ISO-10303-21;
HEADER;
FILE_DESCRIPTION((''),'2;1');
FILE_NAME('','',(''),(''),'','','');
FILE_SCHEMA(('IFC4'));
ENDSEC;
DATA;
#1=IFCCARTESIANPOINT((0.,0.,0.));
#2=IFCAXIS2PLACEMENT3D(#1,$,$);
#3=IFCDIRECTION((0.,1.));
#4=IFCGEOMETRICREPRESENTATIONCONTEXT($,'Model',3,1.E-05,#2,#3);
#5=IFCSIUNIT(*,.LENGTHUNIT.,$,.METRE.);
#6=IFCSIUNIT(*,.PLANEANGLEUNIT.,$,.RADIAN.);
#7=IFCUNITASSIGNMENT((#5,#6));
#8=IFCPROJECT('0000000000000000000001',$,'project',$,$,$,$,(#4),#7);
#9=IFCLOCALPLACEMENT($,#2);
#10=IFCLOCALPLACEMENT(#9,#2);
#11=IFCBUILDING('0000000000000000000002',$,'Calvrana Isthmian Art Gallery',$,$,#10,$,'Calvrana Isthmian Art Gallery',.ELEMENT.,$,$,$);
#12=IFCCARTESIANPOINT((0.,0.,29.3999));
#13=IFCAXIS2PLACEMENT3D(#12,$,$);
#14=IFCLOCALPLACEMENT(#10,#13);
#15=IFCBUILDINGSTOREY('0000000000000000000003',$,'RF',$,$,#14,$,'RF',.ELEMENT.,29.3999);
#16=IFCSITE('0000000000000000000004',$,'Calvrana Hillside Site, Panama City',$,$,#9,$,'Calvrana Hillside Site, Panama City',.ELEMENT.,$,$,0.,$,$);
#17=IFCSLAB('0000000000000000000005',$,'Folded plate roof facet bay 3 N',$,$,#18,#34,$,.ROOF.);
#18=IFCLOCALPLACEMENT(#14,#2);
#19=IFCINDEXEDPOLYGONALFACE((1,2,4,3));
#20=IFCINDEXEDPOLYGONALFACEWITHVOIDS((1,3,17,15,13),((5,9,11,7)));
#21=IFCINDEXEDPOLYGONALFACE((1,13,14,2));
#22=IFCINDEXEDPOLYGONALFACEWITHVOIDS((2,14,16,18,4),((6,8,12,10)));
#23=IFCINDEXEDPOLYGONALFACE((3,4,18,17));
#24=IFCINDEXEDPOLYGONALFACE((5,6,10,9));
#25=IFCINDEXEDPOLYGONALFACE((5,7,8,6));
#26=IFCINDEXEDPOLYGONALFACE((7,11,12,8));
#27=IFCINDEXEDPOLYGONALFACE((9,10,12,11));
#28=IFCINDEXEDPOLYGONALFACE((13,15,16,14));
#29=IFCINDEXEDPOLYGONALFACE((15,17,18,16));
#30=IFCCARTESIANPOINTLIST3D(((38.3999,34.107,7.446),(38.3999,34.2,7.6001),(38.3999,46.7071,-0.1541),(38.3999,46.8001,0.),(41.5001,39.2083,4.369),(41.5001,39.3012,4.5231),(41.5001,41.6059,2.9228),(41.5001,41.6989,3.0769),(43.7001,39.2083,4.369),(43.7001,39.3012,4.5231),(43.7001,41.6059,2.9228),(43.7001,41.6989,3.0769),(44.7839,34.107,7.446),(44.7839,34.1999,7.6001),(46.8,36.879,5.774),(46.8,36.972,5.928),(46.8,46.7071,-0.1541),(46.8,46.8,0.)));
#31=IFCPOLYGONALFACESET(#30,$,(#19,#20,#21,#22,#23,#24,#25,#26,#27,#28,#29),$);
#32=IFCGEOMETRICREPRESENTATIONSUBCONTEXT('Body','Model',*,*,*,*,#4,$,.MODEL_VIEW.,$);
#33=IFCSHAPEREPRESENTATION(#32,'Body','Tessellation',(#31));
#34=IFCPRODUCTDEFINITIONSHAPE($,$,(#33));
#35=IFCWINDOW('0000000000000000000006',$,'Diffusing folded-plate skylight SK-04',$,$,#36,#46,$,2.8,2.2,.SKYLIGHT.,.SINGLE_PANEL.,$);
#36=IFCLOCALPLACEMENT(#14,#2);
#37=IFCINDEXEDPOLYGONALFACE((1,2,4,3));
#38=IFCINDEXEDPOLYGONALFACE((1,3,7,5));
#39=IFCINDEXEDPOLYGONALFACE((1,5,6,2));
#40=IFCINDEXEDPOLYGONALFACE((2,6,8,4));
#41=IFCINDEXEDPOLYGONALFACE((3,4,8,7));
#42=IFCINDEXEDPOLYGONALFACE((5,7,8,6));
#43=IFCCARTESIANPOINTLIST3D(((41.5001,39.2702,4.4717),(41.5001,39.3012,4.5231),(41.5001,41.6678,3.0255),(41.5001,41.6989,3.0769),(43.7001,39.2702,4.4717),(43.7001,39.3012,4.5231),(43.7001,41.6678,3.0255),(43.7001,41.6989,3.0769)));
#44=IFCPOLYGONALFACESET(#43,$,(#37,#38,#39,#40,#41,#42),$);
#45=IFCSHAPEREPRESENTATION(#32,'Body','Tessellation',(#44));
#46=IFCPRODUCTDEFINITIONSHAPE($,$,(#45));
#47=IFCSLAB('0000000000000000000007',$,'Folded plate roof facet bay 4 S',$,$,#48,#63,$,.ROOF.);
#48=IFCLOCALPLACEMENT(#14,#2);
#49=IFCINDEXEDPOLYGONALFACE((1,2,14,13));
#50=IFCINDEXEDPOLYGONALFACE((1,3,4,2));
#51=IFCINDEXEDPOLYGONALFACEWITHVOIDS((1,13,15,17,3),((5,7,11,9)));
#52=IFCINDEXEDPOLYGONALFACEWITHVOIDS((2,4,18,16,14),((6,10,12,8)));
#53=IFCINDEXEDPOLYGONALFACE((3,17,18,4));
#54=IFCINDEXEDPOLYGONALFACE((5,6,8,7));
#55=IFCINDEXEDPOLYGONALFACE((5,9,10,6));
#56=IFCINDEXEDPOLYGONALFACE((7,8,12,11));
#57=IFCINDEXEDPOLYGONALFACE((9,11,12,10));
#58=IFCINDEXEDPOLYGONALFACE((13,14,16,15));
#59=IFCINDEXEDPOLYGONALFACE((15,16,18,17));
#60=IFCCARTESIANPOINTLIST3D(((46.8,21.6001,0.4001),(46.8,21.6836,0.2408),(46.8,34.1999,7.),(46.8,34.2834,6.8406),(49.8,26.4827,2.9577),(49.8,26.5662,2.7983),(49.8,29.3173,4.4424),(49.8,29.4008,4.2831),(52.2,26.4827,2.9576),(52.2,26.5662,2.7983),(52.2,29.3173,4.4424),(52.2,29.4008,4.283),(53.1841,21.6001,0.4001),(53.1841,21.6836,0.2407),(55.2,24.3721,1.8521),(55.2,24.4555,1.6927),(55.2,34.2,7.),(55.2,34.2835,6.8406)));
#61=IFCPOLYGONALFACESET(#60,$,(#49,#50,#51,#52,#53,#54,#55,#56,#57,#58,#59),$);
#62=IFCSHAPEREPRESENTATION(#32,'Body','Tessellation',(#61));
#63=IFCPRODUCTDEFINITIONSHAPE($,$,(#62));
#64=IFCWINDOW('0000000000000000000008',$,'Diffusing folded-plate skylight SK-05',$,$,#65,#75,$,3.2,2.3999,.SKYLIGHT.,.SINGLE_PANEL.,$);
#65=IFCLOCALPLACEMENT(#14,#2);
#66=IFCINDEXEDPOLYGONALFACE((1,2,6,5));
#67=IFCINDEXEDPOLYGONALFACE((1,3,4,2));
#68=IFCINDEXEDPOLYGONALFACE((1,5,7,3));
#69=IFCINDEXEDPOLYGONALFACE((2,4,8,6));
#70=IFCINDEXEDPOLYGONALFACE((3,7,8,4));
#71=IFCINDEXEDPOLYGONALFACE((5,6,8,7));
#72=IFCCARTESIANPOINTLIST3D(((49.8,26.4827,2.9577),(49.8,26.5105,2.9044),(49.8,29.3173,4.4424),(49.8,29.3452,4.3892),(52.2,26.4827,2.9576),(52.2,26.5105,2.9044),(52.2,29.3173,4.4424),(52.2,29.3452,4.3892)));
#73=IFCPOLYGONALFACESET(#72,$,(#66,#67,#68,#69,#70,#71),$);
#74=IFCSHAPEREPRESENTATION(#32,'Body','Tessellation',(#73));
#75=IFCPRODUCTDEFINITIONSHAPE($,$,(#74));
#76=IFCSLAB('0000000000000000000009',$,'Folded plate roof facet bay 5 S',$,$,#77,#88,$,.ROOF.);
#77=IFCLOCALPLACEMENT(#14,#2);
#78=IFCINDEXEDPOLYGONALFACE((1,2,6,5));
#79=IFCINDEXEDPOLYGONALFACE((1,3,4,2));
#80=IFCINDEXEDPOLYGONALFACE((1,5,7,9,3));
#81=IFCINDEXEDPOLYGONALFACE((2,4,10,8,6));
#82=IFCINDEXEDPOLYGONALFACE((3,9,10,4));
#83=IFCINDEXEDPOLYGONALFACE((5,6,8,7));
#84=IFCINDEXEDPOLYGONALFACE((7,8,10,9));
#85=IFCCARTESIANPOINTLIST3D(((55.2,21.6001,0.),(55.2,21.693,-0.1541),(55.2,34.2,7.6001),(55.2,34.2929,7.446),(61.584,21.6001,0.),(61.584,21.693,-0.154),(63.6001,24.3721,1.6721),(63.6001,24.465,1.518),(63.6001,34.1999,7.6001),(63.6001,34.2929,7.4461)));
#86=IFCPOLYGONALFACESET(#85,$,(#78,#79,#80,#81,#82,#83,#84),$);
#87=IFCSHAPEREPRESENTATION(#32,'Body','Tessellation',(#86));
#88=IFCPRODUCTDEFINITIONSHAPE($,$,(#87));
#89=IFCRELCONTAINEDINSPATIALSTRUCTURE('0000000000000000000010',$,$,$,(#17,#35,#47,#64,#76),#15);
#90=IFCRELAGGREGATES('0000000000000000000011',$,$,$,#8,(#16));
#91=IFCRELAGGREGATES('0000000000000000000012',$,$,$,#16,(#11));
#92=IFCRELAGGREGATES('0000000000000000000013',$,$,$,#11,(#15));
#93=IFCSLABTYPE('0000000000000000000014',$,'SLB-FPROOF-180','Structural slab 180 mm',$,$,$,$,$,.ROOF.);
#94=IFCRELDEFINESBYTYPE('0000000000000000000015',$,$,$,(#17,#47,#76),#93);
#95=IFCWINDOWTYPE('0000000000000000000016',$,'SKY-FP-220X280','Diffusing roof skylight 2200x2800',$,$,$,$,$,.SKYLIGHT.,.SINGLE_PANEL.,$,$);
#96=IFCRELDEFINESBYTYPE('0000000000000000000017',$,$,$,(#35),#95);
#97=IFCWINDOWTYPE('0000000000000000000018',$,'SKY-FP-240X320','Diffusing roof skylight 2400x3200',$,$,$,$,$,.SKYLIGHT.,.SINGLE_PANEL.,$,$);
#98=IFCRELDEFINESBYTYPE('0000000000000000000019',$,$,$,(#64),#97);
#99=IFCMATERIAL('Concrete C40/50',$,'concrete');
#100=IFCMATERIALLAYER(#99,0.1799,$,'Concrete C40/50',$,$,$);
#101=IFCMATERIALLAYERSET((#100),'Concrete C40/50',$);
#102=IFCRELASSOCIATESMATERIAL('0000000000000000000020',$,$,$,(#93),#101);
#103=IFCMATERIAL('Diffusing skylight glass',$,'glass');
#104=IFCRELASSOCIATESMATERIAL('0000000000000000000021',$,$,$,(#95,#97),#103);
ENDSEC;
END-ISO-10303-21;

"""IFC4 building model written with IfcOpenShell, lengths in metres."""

from ifc_helpers import new_model, si_unit, direction, frame, origin, origin_2d, place, context, subcontext, project, spatial, polyline, rectangle, outline, extrude, material, layer, layer_set, type_object, element, fill, save


model = new_model("IFC4")

# Units and contexts
model_context = context("Model", 3, precision=1e-05, world=origin(), true_north=direction((0.0, 1.0)))
body_context = subcontext(model_context, "Body", "Model", "MODEL_VIEW")
ifc_project = project(units=[si_unit("LENGTHUNIT", "METRE"), si_unit("PLANEANGLEUNIT", "RADIAN")], contexts=[model_context])

# Site, building, storey
site_placement = place(None, origin())
site = spatial("IfcSite", under=ifc_project, at=site_placement, Name="Calvrana Hillside Site, Panama City", LongName="Calvrana Hillside Site, Panama City", CompositionType="ELEMENT", RefElevation=0.0)
building_placement = place(site_placement, origin())
building = spatial("IfcBuilding", under=site, at=building_placement, Name="Calvrana Isthmian Art Gallery", LongName="Calvrana Isthmian Art Gallery", CompositionType="ELEMENT")
storey_placement = place(building_placement, frame((0.0, 0.0, 29.3999)))
storey = spatial("IfcBuildingStorey", under=building, at=storey_placement, Name="RF", LongName="RF", CompositionType="ELEMENT", Elevation=29.3999)

# Slabs, openings, windows
ifc_material_1 = material(Name="Concrete C40/50", Category="concrete")
ifc_layer = layer(ifc_material_1, 0.1799, Name="Concrete C40/50")
ifc_layer_set = layer_set([ifc_layer], Name="Concrete C40/50")
slab_type = type_object("IfcSlabType", Name="SLB-FPROOF-180", Description="Structural slab 180 mm", PredefinedType="ROOF", material=ifc_layer_set)
slab_1_placement = place(storey_placement, frame((38.3999, 34.2, 7.6001), z_axis=(0.000007, 0.516494, 0.856291), x_axis=(1.0, -0.000003, -0.000006)))
slab_1 = element("IfcSlab", 1, at=slab_1_placement, inside=storey, type_object=slab_type, Name="Folded plate roof facet bay 3 N", PredefinedType="ROOF", context=body_context, shape_type="SweptSolid", body=[
    extrude(outline(polyline([(0.0, 0.0), (6.384, 0.0), (8.4001, 3.2373), (8.4001, 14.7148), (0.0, 14.7148), (0.0, 0.0)])), origin(), (0.0, 0.0, -1.0), 0.1799),
])
opening_1_placement = place(slab_1_placement, frame((4.2002, 7.3574, 0.0103)))
opening_1 = element("IfcOpeningElement", 2, at=opening_1_placement, cuts=slab_1, PredefinedType="OPENING", context=body_context, shape_type="SweptSolid", body=[
    extrude(rectangle(XDim=2.2, YDim=2.8, at=origin_2d()), origin(), (0.0, 0.0, -1.0), 0.2004),
])
ifc_material_2 = material(Name="Diffusing skylight glass", Category="glass")
window_type_1 = type_object("IfcWindowType", Name="SKY-FP-220X280", Description="Diffusing roof skylight 2200x2800", PartitioningType="SINGLE_PANEL", PredefinedType="SKYLIGHT", material=ifc_material_2)
window_1_placement = place(slab_1_placement, frame((4.2002, 7.3574, 0.0)))
window_1 = element("IfcWindow", 3, at=window_1_placement, inside=storey, type_object=window_type_1, Name="Diffusing folded-plate skylight SK-04", OverallHeight=2.8, OverallWidth=2.2, PartitioningType="SINGLE_PANEL", PredefinedType="SKYLIGHT", context=body_context, shape_type="SweptSolid", body=[
    extrude(rectangle(XDim=2.2, YDim=2.8, at=origin_2d()), origin(), (0.0, 0.0, -1.0), 0.0601),
])
fill(opening_1, window_1)
slab_2_placement = place(storey_placement, frame((46.8, 21.6001, 0.4001), z_axis=(0.000004, -0.464004, 0.885833), x_axis=(1.0, 0.000002, -0.000003)))
slab_2 = element("IfcSlab", 4, at=slab_2_placement, inside=storey, type_object=slab_type, Name="Folded plate roof facet bay 4 S", PredefinedType="ROOF", context=body_context, shape_type="SweptSolid", body=[
    extrude(outline(polyline([(0.0, 0.0), (6.384, 0.0), (8.3999, 3.1292), (8.3999, 14.2237), (0.0, 14.2237), (0.0, 0.0)])), origin(), (0.0, 0.0, -1.0), 0.1799),
])
opening_2_placement = place(slab_2_placement, frame((4.2, 7.1118, 0.0103)))
opening_2 = element("IfcOpeningElement", 5, at=opening_2_placement, cuts=slab_2, PredefinedType="OPENING", context=body_context, shape_type="SweptSolid", body=[
    extrude(rectangle(XDim=2.3999, YDim=3.2, at=origin_2d()), origin(), (0.0, 0.0, -1.0), 0.2004),
])
window_type_2 = type_object("IfcWindowType", Name="SKY-FP-240X320", Description="Diffusing roof skylight 2400x3200", PartitioningType="SINGLE_PANEL", PredefinedType="SKYLIGHT", material=ifc_material_2)
window_2_placement = place(slab_2_placement, frame((4.2, 7.1118, 0.0)))
window_2 = element("IfcWindow", 6, at=window_2_placement, inside=storey, type_object=window_type_2, Name="Diffusing folded-plate skylight SK-05", OverallHeight=3.2, OverallWidth=2.3999, PartitioningType="SINGLE_PANEL", PredefinedType="SKYLIGHT", context=body_context, shape_type="SweptSolid", body=[
    extrude(rectangle(XDim=2.3999, YDim=3.2, at=origin_2d()), origin(), (0.0, 0.0, -1.0), 0.0601),
])
fill(opening_2, window_2)

# Slab
slab_3_placement = place(storey_placement, frame((55.2, 21.6001, 0.0), z_axis=(-0.000005, -0.516502, 0.856286), x_axis=(1.0, -0.000003, 0.000004)))
element("IfcSlab", 7, at=slab_3_placement, inside=storey, type_object=slab_type, Name="Folded plate roof facet bay 5 S", PredefinedType="ROOF", context=body_context, shape_type="SweptSolid", body=[
    extrude(outline(polyline([(0.0, 0.0), (6.384, 0.0), (8.4001, 3.2373), (8.4001, 14.7145), (0.0, 14.7145), (0.0, 0.0)])), origin(), (0.0, 0.0, -1.0), 0.1799),
])

save(model, "model.ifc")
